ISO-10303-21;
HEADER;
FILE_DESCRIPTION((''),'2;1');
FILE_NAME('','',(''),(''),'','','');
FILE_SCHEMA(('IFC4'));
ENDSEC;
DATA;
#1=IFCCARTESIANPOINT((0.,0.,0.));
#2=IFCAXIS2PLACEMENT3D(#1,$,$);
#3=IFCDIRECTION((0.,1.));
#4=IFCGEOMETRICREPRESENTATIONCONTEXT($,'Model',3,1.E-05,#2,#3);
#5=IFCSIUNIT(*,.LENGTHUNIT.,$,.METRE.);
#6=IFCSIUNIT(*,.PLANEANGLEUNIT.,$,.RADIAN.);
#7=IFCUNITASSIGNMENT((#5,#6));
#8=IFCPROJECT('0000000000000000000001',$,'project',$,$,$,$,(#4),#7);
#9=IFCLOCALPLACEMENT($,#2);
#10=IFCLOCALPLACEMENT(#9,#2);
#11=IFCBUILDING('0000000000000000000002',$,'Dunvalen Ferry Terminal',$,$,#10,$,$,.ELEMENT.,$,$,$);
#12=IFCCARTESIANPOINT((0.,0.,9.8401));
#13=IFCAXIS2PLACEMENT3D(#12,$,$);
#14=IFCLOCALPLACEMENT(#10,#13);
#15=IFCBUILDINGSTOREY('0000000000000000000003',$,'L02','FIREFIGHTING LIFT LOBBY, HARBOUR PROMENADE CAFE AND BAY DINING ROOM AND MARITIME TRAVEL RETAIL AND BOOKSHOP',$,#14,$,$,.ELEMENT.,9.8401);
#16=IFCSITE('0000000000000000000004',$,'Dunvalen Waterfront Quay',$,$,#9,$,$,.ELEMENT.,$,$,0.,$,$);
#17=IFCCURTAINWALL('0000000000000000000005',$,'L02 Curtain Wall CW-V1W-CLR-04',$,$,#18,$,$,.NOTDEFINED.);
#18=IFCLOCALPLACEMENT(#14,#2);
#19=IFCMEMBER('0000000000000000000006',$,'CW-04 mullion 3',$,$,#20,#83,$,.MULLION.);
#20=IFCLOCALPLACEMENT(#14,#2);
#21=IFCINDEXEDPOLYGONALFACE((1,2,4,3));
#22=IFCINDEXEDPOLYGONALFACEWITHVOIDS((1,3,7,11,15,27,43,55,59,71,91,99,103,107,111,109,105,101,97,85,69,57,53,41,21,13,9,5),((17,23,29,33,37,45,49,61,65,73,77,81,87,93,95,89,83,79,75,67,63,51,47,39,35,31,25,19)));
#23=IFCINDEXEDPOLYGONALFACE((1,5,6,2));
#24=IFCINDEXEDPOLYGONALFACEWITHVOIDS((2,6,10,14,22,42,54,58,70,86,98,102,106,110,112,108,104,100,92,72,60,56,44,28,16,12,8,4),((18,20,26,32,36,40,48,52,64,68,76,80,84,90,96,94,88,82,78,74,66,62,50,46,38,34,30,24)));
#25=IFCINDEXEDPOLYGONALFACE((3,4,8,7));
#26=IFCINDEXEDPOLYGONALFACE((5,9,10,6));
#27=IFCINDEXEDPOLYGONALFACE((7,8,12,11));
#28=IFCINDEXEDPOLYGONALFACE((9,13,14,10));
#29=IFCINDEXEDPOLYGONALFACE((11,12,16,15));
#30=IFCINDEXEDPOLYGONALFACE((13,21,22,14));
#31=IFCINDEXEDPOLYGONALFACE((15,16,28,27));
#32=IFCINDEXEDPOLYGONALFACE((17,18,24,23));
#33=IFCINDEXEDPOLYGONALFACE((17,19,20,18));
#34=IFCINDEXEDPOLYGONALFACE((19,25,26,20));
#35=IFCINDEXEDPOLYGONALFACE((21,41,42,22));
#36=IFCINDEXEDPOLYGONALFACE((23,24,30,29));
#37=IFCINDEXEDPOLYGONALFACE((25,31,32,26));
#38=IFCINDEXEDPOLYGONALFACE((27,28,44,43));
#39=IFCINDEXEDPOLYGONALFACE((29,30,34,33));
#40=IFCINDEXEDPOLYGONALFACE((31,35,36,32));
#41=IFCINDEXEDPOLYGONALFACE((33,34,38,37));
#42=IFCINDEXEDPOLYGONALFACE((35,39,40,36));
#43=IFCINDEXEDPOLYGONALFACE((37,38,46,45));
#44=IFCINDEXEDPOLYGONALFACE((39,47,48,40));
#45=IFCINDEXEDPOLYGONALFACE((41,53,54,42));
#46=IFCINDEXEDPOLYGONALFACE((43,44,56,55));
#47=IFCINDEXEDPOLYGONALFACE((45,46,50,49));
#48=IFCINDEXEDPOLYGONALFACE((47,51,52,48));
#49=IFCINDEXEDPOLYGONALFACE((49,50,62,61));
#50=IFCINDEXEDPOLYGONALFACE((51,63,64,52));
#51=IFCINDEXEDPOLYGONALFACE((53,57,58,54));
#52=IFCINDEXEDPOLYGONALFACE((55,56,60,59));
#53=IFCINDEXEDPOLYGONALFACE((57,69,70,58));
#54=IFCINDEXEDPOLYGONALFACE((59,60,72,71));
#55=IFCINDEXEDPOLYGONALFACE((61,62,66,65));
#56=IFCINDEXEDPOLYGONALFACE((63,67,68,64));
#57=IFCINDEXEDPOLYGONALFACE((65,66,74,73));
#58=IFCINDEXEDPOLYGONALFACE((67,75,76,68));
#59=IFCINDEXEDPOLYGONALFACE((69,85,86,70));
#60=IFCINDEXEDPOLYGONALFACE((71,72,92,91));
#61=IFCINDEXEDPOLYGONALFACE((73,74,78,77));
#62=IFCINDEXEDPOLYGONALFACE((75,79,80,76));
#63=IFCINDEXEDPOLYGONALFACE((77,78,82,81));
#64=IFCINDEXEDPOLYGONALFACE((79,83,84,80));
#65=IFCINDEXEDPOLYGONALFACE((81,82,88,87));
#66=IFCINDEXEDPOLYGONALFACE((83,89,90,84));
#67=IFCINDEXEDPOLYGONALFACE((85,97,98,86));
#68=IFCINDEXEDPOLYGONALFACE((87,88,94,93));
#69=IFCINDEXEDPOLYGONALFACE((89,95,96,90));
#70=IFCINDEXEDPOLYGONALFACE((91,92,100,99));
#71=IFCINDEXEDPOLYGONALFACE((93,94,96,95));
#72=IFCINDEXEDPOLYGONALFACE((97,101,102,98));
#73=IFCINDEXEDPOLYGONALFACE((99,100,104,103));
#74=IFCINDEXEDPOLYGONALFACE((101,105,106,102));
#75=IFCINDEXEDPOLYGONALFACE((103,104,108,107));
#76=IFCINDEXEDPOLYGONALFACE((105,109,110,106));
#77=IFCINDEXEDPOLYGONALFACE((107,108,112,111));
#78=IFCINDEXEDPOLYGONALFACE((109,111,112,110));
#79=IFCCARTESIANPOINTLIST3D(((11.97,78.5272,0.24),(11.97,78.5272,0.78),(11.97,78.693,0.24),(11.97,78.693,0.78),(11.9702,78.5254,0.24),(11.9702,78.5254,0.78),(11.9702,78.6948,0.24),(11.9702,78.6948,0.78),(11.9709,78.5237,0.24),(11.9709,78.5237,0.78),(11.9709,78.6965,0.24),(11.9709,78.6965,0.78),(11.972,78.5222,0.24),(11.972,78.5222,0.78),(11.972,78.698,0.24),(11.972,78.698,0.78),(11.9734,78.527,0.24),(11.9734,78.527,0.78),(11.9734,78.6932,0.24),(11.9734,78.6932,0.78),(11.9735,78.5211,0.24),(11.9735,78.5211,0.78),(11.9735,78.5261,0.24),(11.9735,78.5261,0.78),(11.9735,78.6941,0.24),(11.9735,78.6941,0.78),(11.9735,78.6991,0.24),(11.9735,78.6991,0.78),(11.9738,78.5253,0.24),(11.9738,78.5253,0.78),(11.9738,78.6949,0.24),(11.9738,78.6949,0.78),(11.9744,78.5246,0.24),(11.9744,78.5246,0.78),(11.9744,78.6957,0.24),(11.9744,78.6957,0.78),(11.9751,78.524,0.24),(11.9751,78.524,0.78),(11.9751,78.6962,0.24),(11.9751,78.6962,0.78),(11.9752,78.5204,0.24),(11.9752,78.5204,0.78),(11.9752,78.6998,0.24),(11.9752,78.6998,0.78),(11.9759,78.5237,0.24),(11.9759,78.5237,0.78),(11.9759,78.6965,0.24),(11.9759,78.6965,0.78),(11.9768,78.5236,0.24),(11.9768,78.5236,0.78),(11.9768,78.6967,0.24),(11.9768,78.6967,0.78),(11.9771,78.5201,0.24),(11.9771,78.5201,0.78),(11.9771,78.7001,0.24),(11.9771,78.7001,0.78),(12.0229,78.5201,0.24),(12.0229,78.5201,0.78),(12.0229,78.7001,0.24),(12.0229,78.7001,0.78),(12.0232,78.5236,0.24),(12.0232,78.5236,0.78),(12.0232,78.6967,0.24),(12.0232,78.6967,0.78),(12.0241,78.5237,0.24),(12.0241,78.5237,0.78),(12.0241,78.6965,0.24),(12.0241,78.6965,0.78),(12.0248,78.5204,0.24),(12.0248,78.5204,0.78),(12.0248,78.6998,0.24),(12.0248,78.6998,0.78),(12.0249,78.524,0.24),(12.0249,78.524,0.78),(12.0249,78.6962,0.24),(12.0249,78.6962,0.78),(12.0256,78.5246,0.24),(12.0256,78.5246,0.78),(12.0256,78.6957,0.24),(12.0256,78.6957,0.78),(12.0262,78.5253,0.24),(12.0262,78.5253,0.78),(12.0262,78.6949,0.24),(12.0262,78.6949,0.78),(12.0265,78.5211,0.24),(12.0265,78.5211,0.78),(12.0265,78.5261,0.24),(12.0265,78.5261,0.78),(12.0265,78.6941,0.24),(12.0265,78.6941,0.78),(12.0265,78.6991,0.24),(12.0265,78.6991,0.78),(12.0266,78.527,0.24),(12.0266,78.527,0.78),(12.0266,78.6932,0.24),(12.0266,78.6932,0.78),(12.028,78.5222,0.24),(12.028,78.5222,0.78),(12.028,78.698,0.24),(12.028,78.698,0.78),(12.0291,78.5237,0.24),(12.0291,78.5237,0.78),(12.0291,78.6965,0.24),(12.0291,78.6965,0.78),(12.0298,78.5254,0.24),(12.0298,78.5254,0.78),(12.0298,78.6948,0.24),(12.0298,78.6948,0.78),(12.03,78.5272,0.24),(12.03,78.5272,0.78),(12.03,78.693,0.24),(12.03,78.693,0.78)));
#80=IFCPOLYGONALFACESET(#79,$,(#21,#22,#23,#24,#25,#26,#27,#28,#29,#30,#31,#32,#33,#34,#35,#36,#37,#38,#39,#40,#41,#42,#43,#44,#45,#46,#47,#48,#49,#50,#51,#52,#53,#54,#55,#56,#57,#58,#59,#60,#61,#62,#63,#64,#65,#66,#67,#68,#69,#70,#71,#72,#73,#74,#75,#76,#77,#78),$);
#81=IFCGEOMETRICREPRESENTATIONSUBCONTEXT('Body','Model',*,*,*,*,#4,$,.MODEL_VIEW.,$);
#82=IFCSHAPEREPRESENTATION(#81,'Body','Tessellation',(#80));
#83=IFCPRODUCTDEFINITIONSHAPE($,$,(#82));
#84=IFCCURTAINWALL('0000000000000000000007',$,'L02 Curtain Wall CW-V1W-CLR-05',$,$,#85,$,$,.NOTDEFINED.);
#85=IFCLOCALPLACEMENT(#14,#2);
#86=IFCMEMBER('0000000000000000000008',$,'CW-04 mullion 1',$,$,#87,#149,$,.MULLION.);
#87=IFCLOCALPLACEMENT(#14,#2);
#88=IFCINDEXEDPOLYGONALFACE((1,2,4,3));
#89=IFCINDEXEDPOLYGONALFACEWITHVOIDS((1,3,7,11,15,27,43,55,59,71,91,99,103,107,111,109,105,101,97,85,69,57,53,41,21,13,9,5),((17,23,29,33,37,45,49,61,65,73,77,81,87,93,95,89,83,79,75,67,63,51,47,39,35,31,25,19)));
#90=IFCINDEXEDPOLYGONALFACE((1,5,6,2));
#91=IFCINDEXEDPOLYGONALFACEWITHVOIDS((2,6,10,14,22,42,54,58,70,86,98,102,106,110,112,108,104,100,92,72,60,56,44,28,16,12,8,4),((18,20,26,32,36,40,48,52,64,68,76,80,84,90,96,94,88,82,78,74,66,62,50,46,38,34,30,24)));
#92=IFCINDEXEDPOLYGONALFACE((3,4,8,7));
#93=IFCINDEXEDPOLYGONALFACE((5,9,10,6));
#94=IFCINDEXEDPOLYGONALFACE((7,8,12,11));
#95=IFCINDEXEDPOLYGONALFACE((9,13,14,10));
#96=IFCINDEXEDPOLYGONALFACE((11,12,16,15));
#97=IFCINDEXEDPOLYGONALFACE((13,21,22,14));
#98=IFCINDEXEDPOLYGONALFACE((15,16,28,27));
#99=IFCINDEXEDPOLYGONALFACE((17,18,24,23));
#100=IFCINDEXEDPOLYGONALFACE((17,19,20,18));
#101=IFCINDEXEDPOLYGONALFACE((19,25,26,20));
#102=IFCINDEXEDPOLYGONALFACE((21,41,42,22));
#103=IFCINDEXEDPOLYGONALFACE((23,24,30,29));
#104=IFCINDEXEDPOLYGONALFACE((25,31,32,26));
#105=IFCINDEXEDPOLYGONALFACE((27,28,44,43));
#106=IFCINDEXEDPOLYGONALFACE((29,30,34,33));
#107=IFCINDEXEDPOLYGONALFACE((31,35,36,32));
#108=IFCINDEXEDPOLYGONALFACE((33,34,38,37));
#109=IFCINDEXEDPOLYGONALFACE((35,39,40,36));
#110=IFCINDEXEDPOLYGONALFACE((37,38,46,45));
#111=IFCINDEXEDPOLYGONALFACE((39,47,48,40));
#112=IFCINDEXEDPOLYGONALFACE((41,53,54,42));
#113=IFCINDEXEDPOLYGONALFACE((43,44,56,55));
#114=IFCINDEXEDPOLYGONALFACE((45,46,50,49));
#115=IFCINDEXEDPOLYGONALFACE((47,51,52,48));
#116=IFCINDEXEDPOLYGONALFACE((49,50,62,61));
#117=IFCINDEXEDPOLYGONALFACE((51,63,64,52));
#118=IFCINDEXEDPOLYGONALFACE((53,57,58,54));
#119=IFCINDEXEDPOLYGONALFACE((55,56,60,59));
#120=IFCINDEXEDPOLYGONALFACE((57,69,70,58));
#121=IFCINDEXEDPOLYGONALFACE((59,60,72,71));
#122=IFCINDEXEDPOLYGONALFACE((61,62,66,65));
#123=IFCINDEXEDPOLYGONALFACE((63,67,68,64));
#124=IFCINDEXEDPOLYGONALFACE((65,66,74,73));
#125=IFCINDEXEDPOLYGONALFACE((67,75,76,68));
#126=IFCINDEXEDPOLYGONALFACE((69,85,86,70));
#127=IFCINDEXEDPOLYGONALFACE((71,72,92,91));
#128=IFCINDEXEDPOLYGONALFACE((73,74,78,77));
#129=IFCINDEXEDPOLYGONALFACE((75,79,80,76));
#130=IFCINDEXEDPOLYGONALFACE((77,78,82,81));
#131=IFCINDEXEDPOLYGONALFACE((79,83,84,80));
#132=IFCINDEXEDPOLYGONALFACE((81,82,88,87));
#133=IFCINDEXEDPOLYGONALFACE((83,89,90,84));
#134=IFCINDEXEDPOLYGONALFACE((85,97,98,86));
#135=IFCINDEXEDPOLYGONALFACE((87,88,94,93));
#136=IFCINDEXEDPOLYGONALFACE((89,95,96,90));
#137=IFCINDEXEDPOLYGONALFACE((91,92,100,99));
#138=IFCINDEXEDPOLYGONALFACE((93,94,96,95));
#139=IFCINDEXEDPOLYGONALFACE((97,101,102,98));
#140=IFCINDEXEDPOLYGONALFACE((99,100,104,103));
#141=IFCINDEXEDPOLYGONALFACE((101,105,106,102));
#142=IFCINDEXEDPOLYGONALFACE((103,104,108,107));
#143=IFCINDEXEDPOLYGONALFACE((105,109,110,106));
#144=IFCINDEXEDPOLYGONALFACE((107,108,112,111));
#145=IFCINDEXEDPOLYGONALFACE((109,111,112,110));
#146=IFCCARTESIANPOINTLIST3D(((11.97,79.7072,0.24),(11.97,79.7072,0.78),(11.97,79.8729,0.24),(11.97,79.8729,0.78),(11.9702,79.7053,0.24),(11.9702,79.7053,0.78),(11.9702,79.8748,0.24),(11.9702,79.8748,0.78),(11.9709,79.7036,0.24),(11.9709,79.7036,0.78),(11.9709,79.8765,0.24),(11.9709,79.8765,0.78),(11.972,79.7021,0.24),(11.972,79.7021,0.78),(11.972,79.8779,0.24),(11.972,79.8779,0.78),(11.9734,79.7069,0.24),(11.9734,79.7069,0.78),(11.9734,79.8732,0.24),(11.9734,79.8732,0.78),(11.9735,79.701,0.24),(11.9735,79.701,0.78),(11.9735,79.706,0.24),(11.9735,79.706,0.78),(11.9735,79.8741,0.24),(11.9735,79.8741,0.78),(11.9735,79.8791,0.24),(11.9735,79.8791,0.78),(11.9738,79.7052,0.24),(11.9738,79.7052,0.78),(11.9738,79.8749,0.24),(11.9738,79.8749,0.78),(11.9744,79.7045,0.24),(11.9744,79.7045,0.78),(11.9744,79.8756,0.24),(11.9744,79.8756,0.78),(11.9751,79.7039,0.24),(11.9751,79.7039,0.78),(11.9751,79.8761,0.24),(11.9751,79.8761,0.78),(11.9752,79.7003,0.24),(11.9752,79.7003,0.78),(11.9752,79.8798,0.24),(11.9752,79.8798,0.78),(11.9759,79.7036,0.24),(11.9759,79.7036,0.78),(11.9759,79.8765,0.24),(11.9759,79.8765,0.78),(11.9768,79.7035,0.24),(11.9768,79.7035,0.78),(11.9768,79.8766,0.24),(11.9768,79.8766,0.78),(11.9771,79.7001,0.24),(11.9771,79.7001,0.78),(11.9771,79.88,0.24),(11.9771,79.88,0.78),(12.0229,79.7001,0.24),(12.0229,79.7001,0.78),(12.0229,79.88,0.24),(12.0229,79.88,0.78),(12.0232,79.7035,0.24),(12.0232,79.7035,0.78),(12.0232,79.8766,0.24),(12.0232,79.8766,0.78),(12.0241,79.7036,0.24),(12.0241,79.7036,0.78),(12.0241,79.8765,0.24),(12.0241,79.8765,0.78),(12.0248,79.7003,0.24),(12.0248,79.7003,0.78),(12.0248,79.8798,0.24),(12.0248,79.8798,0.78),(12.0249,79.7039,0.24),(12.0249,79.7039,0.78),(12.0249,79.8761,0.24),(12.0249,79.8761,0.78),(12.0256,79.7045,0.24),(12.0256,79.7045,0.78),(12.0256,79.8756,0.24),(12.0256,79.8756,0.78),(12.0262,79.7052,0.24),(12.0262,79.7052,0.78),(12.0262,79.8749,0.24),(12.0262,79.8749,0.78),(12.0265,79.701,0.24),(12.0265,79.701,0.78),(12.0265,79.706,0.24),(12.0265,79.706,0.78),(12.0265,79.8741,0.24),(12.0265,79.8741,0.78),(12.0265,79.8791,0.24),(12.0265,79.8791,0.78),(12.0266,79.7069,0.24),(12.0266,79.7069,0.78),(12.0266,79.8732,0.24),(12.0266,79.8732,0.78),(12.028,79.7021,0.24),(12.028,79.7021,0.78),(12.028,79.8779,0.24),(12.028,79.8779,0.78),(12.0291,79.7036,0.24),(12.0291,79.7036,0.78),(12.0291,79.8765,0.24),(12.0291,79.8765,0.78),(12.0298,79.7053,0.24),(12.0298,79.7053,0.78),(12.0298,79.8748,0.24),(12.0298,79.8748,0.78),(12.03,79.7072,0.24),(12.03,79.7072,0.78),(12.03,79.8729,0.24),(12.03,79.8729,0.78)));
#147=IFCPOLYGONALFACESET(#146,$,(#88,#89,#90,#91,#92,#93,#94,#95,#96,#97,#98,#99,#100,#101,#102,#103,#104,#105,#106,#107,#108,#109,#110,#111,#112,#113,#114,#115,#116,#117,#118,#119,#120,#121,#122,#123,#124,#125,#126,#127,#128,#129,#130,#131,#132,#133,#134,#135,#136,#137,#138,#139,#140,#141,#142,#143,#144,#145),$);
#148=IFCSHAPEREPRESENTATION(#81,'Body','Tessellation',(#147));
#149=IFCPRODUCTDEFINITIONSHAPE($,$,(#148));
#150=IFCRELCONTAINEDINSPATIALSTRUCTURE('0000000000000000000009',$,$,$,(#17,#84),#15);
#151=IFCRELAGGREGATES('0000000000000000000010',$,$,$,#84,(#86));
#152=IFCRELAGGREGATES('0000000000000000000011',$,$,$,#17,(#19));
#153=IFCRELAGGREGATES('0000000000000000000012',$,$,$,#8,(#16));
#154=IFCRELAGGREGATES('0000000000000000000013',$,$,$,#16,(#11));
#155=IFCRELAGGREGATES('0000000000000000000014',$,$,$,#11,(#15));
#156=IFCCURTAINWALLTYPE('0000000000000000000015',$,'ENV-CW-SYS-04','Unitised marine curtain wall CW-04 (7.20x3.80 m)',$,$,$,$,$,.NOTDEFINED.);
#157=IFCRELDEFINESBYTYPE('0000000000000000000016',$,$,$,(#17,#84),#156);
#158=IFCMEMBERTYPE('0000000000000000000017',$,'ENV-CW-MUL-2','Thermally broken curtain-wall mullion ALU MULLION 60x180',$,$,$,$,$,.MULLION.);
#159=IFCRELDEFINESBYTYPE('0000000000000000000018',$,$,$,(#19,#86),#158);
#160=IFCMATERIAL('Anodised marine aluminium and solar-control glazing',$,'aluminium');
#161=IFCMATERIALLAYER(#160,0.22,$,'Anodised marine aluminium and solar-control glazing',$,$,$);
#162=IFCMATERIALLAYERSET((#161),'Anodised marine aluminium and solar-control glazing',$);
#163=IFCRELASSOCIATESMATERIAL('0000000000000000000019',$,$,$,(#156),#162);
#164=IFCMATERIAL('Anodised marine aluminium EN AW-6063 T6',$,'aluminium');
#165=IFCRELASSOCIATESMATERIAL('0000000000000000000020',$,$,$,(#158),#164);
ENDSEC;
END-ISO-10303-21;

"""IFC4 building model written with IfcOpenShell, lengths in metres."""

from ifc_helpers import new_model, si_unit, direction, frame, origin, origin_2d, place, context, subcontext, project, spatial, hollow_rectangle, extrude, material, layer, layer_set, material_profile, profile_set, type_object, element, aggregate, save


model = new_model("IFC4")

# Units and contexts
model_context = context("Model", 3, precision=1e-05, world=origin(), true_north=direction((0.0, 1.0)))
body_context = subcontext(model_context, "Body", "Model", "MODEL_VIEW")
ifc_project = project(units=[si_unit("LENGTHUNIT", "METRE"), si_unit("PLANEANGLEUNIT", "RADIAN")], contexts=[model_context])

# Site, building, storey
site_placement = place(None, origin())
site = spatial("IfcSite", under=ifc_project, at=site_placement, Name="Dunvalen Waterfront Quay", CompositionType="ELEMENT", RefElevation=0.0)
building_placement = place(site_placement, origin())
building = spatial("IfcBuilding", under=site, at=building_placement, Name="Dunvalen Ferry Terminal", CompositionType="ELEMENT")
storey_placement = place(building_placement, frame((0.0, 0.0, 9.8401)))
storey = spatial("IfcBuildingStorey", under=building, at=storey_placement, Name="L02", Description="FIREFIGHTING LIFT LOBBY, HARBOUR PROMENADE CAFE AND BAY DINING ROOM AND MARITIME TRAVEL RETAIL AND BOOKSHOP", CompositionType="ELEMENT", Elevation=9.8401)

# Curtain walls, members
ifc_material_1 = material(Name="Anodised marine aluminium and solar-control glazing", Category="aluminium")
ifc_layer_1 = layer(ifc_material_1, 0.22, Name="Anodised marine aluminium and solar-control glazing")
ifc_layer_set_1 = layer_set([ifc_layer_1], Name="Anodised marine aluminium and solar-control glazing")
curtain_wall_type = type_object("IfcCurtainWallType", Name="ENV-CW-SYS-04", Description="Unitised marine curtain wall CW-04 (7.20x3.80 m)", PredefinedType="NOTDEFINED", material=ifc_layer_set_1)
curtain_wall_1_placement = place(storey_placement, origin())
curtain_wall_1 = element("IfcCurtainWall", 1, at=curtain_wall_1_placement, inside=storey, type_object=curtain_wall_type, Name="L02 Curtain Wall CW-V1W-CLR-04", PredefinedType="NOTDEFINED")
ifc_material_2 = material(Name="Anodised marine aluminium EN AW-6063 T6", Category="aluminium")
ifc_material_profile_1 = material_profile(ifc_material_2, hollow_rectangle(XDim=0.0601, YDim=0.1799, WallThickness=0.0034, InnerFilletRadius=0.0034, OuterFilletRadius=0.0071, at=origin_2d()), Name="Anodised marine aluminium EN AW-6063 T6")
ifc_profile_set_1 = profile_set([ifc_material_profile_1], Name="Anodised marine aluminium EN AW-6063 T6")
member_type_1 = type_object("IfcMemberType", Name="ENV-CW-MUL-2", Description="Thermally broken curtain-wall mullion ALU MULLION 60x180", PredefinedType="MULLION", material=ifc_profile_set_1)
member_1_placement = place(storey_placement, frame((12.0, 78.6101, 0.24), z_axis=(0.0, 0.0, 1.0), x_axis=(-1.0, 0.0, 0.0)))
member_1 = element("IfcMember", 2, at=member_1_placement, type_object=member_type_1, Name="CW-04 mullion 3", PredefinedType="MULLION", context=body_context, shape_type="SweptSolid", body=[
    extrude(hollow_rectangle(XDim=0.0601, YDim=0.1799, WallThickness=0.0034, InnerFilletRadius=0.0034, OuterFilletRadius=0.0071, at=origin_2d()), origin(), (0.0, 0.0, 1.0), 0.54),
])
curtain_wall_2_placement = place(storey_placement, origin())
curtain_wall_2 = element("IfcCurtainWall", 3, at=curtain_wall_2_placement, inside=storey, type_object=curtain_wall_type, Name="L02 Curtain Wall CW-V1W-CLR-05", PredefinedType="NOTDEFINED")
member_2_placement = place(storey_placement, frame((12.0, 79.79, 0.24), z_axis=(0.0, 0.0, 1.0), x_axis=(-1.0, 0.0, 0.0)))
member_2 = element("IfcMember", 4, at=member_2_placement, type_object=member_type_1, Name="CW-04 mullion 1", PredefinedType="MULLION", context=body_context, shape_type="SweptSolid", body=[
    extrude(hollow_rectangle(XDim=0.0601, YDim=0.1799, WallThickness=0.0034, InnerFilletRadius=0.0034, OuterFilletRadius=0.0071, at=origin_2d()), origin(), (0.0, 0.0, 1.0), 0.54),
])

aggregate(curtain_wall_2, [member_2])

aggregate(curtain_wall_1, [member_1])

save(model, "model.ifc")
